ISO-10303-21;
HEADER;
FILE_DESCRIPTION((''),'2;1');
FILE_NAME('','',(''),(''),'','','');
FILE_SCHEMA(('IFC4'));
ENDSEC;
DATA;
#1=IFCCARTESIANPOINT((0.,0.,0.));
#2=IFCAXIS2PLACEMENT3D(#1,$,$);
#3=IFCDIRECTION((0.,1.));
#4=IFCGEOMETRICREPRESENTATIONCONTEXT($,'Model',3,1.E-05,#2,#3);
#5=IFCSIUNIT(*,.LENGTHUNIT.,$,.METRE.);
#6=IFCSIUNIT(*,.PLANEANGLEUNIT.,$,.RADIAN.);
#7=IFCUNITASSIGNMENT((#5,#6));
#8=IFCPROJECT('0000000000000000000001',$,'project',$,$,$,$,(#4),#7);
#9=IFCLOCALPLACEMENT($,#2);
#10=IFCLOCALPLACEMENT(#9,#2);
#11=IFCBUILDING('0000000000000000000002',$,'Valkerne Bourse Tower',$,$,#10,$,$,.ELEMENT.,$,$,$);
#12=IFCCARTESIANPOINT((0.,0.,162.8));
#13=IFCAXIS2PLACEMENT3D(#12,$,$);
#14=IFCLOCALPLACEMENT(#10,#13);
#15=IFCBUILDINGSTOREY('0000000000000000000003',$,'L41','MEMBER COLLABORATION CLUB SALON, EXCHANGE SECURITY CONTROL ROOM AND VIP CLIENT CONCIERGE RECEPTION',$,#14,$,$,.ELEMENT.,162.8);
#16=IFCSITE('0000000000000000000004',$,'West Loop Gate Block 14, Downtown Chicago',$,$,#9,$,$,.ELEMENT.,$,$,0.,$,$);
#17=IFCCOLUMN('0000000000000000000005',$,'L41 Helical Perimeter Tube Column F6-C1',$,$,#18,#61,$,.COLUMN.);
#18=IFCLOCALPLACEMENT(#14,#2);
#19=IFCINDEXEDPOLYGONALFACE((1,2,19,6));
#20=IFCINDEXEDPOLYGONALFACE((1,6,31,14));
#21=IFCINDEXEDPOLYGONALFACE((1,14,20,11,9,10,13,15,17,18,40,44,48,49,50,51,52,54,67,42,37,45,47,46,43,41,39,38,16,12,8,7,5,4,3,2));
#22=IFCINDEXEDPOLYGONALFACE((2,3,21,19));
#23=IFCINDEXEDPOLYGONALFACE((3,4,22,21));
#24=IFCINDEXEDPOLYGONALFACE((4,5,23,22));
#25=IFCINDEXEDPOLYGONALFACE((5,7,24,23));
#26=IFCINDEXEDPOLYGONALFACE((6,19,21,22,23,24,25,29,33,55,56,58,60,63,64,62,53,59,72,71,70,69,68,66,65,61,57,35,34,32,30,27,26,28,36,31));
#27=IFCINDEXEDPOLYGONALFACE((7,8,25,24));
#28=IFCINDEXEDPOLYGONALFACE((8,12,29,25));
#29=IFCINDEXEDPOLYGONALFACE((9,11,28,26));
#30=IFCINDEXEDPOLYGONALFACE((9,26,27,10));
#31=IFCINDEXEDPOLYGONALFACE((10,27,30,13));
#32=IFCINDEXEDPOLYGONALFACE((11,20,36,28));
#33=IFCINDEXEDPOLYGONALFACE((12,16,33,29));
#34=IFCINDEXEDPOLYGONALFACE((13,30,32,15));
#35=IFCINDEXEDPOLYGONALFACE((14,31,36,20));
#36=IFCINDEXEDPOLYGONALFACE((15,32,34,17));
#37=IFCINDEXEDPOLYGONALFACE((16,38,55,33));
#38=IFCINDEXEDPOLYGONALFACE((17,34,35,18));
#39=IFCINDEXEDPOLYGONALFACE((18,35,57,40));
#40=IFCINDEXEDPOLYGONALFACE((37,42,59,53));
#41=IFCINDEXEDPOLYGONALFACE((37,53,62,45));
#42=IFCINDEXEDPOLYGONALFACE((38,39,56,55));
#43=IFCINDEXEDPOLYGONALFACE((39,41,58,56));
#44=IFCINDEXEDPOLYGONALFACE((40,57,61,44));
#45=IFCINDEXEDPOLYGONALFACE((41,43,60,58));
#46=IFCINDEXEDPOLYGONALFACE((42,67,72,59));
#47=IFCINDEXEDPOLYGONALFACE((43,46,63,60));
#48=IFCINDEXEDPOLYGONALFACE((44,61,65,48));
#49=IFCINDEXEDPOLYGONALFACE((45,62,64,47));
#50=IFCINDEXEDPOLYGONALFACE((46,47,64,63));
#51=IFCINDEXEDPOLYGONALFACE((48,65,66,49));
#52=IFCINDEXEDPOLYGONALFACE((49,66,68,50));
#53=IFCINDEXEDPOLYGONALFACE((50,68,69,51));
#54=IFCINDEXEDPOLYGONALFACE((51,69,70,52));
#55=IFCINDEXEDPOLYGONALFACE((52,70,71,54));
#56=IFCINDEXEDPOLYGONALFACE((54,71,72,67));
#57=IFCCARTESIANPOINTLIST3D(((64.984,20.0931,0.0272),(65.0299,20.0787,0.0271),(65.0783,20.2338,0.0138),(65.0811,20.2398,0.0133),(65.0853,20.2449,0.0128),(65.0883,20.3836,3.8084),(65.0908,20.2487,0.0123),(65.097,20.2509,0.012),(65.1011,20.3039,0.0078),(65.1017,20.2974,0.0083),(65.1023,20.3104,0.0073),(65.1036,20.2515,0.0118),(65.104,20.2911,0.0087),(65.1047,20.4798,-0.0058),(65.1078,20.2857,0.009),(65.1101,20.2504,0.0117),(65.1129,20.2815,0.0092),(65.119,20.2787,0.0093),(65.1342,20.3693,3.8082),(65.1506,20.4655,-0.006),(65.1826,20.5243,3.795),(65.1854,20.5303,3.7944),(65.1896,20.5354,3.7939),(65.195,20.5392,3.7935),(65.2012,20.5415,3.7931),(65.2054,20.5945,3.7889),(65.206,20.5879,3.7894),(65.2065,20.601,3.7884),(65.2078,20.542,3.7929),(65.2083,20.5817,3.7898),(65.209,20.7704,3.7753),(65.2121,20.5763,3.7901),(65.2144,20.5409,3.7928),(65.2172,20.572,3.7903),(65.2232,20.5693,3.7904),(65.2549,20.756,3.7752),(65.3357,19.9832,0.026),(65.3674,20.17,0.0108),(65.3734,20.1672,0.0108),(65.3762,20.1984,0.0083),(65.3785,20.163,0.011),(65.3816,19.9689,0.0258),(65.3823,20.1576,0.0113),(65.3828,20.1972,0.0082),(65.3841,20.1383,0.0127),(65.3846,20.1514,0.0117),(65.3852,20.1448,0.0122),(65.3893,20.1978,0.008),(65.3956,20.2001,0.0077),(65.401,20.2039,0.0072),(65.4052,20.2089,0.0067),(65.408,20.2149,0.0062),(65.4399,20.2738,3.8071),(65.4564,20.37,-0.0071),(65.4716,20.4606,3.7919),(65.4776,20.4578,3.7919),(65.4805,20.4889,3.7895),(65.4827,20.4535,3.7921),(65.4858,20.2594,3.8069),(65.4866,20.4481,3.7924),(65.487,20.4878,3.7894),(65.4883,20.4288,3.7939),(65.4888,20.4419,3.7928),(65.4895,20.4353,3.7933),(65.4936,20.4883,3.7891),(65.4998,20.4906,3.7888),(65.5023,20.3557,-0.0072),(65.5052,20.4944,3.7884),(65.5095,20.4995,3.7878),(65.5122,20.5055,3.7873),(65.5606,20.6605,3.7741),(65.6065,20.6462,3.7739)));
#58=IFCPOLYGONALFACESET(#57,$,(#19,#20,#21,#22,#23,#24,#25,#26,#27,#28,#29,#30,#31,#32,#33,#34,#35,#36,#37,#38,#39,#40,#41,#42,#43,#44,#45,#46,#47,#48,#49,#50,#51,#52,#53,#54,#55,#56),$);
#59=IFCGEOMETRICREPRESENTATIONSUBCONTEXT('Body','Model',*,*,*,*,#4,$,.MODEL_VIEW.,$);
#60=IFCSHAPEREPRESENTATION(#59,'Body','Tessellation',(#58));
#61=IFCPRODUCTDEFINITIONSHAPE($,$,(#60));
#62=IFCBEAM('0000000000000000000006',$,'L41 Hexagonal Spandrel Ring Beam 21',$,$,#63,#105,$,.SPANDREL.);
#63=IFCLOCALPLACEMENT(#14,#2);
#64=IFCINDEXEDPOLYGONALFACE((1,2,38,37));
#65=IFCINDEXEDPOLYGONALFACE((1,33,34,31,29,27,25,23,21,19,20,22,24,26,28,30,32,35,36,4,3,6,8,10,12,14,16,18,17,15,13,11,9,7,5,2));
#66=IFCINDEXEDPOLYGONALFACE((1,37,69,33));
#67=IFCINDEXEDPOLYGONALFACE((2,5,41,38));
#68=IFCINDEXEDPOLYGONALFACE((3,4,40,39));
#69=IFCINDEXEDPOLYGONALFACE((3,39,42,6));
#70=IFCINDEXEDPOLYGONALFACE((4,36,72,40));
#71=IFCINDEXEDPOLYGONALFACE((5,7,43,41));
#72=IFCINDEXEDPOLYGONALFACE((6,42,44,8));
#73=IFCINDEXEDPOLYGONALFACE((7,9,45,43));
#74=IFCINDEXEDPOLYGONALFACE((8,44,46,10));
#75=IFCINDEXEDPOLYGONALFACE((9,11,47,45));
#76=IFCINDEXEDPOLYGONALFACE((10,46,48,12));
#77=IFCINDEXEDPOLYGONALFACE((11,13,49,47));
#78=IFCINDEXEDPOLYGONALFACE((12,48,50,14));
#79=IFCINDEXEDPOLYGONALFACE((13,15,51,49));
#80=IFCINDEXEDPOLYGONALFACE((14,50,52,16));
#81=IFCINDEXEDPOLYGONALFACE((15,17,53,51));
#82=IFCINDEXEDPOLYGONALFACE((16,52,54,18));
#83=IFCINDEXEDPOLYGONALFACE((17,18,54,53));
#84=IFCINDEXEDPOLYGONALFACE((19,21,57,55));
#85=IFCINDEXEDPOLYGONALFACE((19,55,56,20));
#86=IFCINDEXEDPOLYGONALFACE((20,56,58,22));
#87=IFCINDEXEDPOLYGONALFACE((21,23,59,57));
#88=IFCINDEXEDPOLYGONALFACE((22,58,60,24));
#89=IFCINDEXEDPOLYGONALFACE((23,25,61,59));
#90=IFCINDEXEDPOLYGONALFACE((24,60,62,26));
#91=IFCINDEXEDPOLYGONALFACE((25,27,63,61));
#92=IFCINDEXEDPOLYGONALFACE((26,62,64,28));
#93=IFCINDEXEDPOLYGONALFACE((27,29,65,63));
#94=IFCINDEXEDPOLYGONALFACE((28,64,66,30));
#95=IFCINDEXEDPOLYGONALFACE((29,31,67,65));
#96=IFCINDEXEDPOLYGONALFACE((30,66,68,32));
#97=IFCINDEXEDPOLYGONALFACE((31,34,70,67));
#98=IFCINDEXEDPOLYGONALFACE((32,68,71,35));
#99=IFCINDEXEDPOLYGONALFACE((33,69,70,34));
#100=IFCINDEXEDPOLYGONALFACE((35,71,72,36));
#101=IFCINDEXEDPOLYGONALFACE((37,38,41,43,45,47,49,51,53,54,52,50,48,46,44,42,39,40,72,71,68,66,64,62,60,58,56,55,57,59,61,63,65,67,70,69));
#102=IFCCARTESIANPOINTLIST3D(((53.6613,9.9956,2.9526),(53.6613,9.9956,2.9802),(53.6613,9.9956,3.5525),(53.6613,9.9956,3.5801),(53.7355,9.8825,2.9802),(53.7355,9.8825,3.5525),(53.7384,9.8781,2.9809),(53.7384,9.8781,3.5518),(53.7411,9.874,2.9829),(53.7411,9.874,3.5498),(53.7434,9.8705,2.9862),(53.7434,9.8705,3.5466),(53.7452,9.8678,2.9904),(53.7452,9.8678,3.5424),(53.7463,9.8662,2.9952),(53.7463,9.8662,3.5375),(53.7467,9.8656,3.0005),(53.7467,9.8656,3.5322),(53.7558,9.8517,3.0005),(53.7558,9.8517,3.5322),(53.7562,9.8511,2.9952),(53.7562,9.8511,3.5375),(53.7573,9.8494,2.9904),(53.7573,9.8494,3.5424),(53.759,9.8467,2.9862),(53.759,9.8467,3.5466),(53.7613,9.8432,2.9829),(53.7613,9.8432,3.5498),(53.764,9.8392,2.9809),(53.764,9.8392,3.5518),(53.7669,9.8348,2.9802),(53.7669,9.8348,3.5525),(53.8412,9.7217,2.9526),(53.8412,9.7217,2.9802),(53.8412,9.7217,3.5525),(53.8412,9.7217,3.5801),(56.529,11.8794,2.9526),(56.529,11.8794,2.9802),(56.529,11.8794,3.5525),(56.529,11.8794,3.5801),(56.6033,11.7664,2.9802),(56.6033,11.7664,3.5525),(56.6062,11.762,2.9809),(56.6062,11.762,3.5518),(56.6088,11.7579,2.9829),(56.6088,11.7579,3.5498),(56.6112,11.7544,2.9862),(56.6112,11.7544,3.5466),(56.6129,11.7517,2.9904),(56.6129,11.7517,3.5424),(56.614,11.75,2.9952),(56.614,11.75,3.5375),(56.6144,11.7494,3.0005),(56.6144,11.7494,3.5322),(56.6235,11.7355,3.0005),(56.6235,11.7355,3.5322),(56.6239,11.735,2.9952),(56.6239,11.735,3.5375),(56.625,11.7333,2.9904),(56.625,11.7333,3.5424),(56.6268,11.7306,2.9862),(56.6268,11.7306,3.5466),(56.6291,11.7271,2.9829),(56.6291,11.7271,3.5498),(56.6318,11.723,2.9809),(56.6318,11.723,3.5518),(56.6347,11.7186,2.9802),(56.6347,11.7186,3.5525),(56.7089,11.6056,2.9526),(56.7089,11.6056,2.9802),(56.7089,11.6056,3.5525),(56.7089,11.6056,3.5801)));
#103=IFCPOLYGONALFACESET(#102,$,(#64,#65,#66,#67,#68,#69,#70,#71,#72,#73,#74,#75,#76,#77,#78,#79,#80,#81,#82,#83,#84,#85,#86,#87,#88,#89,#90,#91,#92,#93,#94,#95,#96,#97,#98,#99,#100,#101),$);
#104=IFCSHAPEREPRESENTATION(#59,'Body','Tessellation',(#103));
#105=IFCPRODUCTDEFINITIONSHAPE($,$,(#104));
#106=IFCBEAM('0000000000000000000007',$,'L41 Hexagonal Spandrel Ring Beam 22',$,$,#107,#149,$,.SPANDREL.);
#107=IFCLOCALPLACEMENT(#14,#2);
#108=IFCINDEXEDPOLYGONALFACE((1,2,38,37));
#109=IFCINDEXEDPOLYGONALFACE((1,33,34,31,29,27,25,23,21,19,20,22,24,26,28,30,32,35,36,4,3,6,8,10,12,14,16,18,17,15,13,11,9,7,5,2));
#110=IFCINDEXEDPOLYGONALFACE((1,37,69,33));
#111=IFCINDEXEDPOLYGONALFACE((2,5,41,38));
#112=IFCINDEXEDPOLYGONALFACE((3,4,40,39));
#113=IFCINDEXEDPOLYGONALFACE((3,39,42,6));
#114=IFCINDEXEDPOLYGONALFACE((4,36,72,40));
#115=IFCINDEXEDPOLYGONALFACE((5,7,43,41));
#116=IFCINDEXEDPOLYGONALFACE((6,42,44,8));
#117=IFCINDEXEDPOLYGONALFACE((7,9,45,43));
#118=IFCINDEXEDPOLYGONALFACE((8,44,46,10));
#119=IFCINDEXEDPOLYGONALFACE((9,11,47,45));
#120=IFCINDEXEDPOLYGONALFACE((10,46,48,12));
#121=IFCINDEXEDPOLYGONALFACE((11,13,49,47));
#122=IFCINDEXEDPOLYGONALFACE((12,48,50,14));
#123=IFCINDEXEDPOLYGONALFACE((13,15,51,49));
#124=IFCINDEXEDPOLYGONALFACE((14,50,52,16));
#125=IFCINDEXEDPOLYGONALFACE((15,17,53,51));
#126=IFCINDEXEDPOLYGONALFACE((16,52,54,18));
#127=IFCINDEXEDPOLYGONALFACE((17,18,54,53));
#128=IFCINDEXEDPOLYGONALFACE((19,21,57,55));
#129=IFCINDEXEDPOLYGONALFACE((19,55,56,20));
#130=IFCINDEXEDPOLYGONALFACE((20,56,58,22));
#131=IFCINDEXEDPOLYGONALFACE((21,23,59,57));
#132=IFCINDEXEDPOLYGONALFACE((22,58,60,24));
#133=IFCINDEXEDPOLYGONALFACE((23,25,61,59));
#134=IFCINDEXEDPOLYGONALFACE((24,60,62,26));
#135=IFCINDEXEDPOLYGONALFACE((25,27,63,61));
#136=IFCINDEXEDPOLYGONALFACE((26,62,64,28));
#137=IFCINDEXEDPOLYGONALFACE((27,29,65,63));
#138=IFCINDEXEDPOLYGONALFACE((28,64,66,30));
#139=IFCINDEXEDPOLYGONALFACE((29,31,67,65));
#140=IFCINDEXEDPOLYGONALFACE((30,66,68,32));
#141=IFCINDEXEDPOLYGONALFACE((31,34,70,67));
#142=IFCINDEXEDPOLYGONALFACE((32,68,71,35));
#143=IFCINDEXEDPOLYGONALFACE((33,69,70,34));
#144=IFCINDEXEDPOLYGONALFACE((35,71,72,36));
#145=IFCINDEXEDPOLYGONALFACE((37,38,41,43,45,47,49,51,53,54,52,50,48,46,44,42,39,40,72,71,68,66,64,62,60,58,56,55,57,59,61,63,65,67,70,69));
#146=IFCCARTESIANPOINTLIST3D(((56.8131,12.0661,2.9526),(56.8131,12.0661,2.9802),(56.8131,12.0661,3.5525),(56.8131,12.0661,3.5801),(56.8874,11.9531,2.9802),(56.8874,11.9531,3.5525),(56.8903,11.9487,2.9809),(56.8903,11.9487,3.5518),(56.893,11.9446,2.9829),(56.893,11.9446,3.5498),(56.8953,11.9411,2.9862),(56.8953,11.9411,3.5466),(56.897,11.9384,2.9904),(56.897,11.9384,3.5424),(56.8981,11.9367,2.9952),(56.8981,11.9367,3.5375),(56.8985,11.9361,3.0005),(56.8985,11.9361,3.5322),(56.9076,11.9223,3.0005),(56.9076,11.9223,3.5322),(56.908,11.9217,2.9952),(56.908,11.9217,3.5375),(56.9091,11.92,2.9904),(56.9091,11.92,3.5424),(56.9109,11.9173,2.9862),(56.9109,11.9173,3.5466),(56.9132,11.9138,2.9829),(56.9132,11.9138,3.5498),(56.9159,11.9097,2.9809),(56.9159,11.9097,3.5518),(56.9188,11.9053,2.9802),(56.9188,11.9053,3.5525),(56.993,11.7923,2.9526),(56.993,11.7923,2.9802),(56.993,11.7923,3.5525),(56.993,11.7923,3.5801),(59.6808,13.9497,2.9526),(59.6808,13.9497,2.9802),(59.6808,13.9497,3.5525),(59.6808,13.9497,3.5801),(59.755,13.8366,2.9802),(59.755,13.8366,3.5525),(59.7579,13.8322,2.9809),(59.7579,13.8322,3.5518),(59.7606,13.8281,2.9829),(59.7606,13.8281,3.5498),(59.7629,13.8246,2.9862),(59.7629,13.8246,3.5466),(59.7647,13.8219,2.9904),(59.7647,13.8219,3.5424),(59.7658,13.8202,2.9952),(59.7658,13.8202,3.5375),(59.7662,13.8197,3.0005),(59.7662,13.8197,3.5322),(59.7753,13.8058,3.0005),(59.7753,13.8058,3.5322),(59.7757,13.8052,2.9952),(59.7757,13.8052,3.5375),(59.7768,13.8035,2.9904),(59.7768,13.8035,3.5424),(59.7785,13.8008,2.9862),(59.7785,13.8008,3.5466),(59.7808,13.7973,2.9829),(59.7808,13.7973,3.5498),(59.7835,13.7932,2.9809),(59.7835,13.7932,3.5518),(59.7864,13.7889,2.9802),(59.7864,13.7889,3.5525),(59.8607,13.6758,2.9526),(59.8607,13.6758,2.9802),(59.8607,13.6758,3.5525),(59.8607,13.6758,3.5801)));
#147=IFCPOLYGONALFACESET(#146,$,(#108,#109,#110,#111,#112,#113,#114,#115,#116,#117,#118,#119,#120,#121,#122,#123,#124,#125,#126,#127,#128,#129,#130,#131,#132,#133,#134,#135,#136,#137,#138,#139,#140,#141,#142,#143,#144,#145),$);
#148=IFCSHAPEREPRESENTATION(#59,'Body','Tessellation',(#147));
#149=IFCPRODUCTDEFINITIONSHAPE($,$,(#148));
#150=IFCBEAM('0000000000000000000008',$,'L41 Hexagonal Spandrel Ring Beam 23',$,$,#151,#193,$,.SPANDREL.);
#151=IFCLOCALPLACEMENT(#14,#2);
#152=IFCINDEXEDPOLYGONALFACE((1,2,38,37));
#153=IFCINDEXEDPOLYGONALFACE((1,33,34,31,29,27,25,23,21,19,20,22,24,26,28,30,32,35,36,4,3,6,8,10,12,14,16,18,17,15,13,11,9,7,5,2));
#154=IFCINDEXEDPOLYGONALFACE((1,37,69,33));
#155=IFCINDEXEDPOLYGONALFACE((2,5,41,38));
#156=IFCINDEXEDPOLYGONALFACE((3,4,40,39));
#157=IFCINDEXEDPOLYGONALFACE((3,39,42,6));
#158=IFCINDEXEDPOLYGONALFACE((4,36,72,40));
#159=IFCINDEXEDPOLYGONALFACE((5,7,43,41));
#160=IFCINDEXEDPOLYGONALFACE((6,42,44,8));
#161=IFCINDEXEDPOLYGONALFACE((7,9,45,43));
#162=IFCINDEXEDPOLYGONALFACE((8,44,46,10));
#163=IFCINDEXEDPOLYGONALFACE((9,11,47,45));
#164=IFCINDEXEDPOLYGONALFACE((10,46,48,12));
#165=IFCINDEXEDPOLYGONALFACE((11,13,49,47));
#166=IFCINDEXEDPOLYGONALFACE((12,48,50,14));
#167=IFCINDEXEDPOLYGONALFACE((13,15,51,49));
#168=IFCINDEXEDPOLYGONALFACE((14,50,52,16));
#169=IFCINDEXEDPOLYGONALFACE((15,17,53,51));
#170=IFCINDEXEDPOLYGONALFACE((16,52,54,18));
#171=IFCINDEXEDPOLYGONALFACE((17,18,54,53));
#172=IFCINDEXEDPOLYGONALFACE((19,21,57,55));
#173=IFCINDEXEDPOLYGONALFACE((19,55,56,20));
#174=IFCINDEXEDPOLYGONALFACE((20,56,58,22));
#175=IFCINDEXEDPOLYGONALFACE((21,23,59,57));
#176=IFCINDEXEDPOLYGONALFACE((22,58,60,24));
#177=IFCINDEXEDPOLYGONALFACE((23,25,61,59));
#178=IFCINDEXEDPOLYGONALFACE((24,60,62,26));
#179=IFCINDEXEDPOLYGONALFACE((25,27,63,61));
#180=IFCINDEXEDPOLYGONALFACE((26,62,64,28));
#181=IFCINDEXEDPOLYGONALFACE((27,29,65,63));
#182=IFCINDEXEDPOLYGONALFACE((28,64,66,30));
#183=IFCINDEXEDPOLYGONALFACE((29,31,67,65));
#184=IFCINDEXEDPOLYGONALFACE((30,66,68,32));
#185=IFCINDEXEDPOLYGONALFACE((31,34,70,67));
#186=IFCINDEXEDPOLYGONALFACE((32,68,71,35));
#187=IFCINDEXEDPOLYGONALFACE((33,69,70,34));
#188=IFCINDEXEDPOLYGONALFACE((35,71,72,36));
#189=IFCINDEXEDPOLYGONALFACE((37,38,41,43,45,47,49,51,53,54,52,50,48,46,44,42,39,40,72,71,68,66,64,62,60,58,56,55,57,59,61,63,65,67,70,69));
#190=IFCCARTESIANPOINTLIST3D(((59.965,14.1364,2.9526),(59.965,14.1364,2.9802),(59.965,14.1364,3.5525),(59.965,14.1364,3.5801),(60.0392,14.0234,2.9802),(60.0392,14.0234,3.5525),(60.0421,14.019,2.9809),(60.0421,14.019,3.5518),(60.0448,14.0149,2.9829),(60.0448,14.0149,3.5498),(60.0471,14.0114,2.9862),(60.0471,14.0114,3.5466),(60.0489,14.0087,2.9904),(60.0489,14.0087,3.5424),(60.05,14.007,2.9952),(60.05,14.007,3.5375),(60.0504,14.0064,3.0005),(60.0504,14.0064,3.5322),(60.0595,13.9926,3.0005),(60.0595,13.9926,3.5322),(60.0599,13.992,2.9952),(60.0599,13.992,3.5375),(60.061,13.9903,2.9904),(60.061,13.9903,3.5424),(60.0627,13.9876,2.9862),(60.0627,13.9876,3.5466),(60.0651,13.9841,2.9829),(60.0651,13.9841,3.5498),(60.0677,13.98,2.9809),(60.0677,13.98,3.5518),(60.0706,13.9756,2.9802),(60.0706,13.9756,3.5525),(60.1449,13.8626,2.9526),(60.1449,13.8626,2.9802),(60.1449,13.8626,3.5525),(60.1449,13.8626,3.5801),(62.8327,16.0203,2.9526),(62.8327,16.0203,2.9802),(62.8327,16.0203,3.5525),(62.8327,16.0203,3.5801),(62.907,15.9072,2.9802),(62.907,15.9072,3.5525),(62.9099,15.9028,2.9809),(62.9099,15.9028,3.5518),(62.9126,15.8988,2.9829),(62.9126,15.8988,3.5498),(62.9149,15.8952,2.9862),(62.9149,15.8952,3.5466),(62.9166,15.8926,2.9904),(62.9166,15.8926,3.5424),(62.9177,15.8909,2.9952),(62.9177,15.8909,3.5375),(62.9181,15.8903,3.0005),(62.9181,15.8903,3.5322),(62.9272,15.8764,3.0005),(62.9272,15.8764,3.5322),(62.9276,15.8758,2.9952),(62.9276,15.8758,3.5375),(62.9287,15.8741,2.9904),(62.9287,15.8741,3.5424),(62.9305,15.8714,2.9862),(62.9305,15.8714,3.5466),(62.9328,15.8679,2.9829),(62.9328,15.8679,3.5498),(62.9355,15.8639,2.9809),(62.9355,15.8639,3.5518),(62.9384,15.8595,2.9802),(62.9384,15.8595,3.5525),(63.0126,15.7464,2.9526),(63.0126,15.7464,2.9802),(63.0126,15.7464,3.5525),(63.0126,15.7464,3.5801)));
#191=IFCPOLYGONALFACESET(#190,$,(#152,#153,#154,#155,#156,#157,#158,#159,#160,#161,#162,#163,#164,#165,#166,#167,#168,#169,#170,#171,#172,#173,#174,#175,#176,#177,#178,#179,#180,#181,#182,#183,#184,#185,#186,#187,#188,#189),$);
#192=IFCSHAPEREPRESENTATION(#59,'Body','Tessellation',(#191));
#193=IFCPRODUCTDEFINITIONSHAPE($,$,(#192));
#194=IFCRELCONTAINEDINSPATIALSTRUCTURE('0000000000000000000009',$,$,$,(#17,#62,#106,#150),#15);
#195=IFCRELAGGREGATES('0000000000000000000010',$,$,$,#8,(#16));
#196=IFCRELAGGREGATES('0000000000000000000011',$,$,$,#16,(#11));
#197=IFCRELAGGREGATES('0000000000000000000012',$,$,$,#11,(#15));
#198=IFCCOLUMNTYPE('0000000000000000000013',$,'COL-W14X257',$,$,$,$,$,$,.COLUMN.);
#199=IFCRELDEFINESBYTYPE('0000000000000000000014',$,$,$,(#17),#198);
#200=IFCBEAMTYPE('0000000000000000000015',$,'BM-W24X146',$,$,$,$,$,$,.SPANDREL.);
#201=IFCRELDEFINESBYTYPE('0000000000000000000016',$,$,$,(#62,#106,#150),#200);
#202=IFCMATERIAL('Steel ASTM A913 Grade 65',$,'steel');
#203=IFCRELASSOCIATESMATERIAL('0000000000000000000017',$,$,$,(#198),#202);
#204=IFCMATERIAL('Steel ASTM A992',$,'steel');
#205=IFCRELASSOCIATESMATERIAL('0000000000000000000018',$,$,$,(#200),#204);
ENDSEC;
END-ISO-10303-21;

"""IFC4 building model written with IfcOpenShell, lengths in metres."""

from ifc_helpers import new_model, si_unit, direction, frame, origin, origin_2d, place, context, subcontext, project, spatial, i_section, extrude, material, material_profile, profile_set, type_object, element, save


model = new_model("IFC4")

# Units and contexts
model_context = context("Model", 3, precision=1e-05, world=origin(), true_north=direction((0.0, 1.0)))
body_context = subcontext(model_context, "Body", "Model", "MODEL_VIEW")
ifc_project = project(units=[si_unit("LENGTHUNIT", "METRE"), si_unit("PLANEANGLEUNIT", "RADIAN")], contexts=[model_context])

# Site, building, storey
site_placement = place(None, origin())
site = spatial("IfcSite", under=ifc_project, at=site_placement, Name="West Loop Gate Block 14, Downtown Chicago", CompositionType="ELEMENT", RefElevation=0.0)
building_placement = place(site_placement, origin())
building = spatial("IfcBuilding", under=site, at=building_placement, Name="Valkerne Bourse Tower", CompositionType="ELEMENT")
storey_placement = place(building_placement, frame((0.0, 0.0, 162.8)))
storey = spatial("IfcBuildingStorey", under=building, at=storey_placement, Name="L41", Description="MEMBER COLLABORATION CLUB SALON, EXCHANGE SECURITY CONTROL ROOM AND VIP CLIENT CONCIERGE RECEPTION", CompositionType="ELEMENT", Elevation=162.8)

# Column
ifc_material_1 = material(Name="Steel ASTM A913 Grade 65", Category="steel")
ifc_material_profile_1 = material_profile(ifc_material_1, i_section(OverallWidth=0.4065, OverallDepth=0.4165, WebThickness=0.0298, FlangeThickness=0.0481, FilletRadius=0.0254, at=origin_2d()), Name="W14X257")
ifc_profile_set_1 = profile_set([ifc_material_profile_1], Name="Steel ASTM A913 Grade 65")
column_type = type_object("IfcColumnType", Name="COL-W14X257", PredefinedType="COLUMN", material=ifc_profile_set_1)
column_1_placement = place(storey_placement, frame((65.2432, 20.2244, 0.01), z_axis=(0.02748, 0.076584, 0.996684), x_axis=(-0.296909, -0.951439, 0.081294)))
element("IfcColumn", 1, at=column_1_placement, inside=storey, type_object=column_type, Name="L41 Helical Perimeter Tube Column F6-C1", PredefinedType="COLUMN", context=body_context, shape_type="SweptSolid", body=[
    extrude(i_section(OverallWidth=0.4065, OverallDepth=0.4165, WebThickness=0.0298, FlangeThickness=0.0481, FilletRadius=0.0254, at=origin_2d()), origin(), (0.0, 0.0, 1.0), 3.7937),
])

# Beams
ifc_material_2 = material(Name="Steel ASTM A992", Category="steel")
ifc_material_profile_2 = material_profile(ifc_material_2, i_section(OverallWidth=0.3276, OverallDepth=0.6274, WebThickness=0.0166, FlangeThickness=0.0276, FilletRadius=0.0203, at=origin_2d()), Name="W24X146")
ifc_profile_set_2 = profile_set([ifc_material_profile_2], Name="Steel ASTM A992")
beam_type = type_object("IfcBeamType", Name="BM-W24X146", PredefinedType="SPANDREL", material=ifc_profile_set_2)
beam_1_placement = place(storey_placement, frame((53.7512, 9.8586, 3.2664), z_axis=(0.835797, 0.549039, 0.0), x_axis=(-0.549039, 0.835797, 0.0)))
element("IfcBeam", 2, at=beam_1_placement, inside=storey, type_object=beam_type, Name="L41 Hexagonal Spandrel Ring Beam 21", PredefinedType="SPANDREL", context=body_context, shape_type="SweptSolid", body=[
    extrude(i_section(OverallWidth=0.3276, OverallDepth=0.6274, WebThickness=0.0166, FlangeThickness=0.0276, FilletRadius=0.0203, at=origin_2d()), origin(), (0.0, 0.0, 1.0), 3.4312),
])
beam_2_placement = place(storey_placement, frame((56.9031, 11.9292, 3.2664), z_axis=(0.83583, 0.548989, 0.0), x_axis=(-0.548989, 0.83583, 0.0)))
element("IfcBeam", 3, at=beam_2_placement, inside=storey, type_object=beam_type, Name="L41 Hexagonal Spandrel Ring Beam 22", PredefinedType="SPANDREL", context=body_context, shape_type="SweptSolid", body=[
    extrude(i_section(OverallWidth=0.3276, OverallDepth=0.6274, WebThickness=0.0166, FlangeThickness=0.0276, FilletRadius=0.0203, at=origin_2d()), origin(), (0.0, 0.0, 1.0), 3.4309),
])
beam_3_placement = place(storey_placement, frame((60.0549, 13.9995, 3.2664), z_axis=(0.835797, 0.549039, 0.0), x_axis=(-0.549039, 0.835797, 0.0)))
element("IfcBeam", 4, at=beam_3_placement, inside=storey, type_object=beam_type, Name="L41 Hexagonal Spandrel Ring Beam 23", PredefinedType="SPANDREL", context=body_context, shape_type="SweptSolid", body=[
    extrude(i_section(OverallWidth=0.3276, OverallDepth=0.6274, WebThickness=0.0166, FlangeThickness=0.0276, FilletRadius=0.0203, at=origin_2d()), origin(), (0.0, 0.0, 1.0), 3.4312),
])

save(model, "model.ifc")
